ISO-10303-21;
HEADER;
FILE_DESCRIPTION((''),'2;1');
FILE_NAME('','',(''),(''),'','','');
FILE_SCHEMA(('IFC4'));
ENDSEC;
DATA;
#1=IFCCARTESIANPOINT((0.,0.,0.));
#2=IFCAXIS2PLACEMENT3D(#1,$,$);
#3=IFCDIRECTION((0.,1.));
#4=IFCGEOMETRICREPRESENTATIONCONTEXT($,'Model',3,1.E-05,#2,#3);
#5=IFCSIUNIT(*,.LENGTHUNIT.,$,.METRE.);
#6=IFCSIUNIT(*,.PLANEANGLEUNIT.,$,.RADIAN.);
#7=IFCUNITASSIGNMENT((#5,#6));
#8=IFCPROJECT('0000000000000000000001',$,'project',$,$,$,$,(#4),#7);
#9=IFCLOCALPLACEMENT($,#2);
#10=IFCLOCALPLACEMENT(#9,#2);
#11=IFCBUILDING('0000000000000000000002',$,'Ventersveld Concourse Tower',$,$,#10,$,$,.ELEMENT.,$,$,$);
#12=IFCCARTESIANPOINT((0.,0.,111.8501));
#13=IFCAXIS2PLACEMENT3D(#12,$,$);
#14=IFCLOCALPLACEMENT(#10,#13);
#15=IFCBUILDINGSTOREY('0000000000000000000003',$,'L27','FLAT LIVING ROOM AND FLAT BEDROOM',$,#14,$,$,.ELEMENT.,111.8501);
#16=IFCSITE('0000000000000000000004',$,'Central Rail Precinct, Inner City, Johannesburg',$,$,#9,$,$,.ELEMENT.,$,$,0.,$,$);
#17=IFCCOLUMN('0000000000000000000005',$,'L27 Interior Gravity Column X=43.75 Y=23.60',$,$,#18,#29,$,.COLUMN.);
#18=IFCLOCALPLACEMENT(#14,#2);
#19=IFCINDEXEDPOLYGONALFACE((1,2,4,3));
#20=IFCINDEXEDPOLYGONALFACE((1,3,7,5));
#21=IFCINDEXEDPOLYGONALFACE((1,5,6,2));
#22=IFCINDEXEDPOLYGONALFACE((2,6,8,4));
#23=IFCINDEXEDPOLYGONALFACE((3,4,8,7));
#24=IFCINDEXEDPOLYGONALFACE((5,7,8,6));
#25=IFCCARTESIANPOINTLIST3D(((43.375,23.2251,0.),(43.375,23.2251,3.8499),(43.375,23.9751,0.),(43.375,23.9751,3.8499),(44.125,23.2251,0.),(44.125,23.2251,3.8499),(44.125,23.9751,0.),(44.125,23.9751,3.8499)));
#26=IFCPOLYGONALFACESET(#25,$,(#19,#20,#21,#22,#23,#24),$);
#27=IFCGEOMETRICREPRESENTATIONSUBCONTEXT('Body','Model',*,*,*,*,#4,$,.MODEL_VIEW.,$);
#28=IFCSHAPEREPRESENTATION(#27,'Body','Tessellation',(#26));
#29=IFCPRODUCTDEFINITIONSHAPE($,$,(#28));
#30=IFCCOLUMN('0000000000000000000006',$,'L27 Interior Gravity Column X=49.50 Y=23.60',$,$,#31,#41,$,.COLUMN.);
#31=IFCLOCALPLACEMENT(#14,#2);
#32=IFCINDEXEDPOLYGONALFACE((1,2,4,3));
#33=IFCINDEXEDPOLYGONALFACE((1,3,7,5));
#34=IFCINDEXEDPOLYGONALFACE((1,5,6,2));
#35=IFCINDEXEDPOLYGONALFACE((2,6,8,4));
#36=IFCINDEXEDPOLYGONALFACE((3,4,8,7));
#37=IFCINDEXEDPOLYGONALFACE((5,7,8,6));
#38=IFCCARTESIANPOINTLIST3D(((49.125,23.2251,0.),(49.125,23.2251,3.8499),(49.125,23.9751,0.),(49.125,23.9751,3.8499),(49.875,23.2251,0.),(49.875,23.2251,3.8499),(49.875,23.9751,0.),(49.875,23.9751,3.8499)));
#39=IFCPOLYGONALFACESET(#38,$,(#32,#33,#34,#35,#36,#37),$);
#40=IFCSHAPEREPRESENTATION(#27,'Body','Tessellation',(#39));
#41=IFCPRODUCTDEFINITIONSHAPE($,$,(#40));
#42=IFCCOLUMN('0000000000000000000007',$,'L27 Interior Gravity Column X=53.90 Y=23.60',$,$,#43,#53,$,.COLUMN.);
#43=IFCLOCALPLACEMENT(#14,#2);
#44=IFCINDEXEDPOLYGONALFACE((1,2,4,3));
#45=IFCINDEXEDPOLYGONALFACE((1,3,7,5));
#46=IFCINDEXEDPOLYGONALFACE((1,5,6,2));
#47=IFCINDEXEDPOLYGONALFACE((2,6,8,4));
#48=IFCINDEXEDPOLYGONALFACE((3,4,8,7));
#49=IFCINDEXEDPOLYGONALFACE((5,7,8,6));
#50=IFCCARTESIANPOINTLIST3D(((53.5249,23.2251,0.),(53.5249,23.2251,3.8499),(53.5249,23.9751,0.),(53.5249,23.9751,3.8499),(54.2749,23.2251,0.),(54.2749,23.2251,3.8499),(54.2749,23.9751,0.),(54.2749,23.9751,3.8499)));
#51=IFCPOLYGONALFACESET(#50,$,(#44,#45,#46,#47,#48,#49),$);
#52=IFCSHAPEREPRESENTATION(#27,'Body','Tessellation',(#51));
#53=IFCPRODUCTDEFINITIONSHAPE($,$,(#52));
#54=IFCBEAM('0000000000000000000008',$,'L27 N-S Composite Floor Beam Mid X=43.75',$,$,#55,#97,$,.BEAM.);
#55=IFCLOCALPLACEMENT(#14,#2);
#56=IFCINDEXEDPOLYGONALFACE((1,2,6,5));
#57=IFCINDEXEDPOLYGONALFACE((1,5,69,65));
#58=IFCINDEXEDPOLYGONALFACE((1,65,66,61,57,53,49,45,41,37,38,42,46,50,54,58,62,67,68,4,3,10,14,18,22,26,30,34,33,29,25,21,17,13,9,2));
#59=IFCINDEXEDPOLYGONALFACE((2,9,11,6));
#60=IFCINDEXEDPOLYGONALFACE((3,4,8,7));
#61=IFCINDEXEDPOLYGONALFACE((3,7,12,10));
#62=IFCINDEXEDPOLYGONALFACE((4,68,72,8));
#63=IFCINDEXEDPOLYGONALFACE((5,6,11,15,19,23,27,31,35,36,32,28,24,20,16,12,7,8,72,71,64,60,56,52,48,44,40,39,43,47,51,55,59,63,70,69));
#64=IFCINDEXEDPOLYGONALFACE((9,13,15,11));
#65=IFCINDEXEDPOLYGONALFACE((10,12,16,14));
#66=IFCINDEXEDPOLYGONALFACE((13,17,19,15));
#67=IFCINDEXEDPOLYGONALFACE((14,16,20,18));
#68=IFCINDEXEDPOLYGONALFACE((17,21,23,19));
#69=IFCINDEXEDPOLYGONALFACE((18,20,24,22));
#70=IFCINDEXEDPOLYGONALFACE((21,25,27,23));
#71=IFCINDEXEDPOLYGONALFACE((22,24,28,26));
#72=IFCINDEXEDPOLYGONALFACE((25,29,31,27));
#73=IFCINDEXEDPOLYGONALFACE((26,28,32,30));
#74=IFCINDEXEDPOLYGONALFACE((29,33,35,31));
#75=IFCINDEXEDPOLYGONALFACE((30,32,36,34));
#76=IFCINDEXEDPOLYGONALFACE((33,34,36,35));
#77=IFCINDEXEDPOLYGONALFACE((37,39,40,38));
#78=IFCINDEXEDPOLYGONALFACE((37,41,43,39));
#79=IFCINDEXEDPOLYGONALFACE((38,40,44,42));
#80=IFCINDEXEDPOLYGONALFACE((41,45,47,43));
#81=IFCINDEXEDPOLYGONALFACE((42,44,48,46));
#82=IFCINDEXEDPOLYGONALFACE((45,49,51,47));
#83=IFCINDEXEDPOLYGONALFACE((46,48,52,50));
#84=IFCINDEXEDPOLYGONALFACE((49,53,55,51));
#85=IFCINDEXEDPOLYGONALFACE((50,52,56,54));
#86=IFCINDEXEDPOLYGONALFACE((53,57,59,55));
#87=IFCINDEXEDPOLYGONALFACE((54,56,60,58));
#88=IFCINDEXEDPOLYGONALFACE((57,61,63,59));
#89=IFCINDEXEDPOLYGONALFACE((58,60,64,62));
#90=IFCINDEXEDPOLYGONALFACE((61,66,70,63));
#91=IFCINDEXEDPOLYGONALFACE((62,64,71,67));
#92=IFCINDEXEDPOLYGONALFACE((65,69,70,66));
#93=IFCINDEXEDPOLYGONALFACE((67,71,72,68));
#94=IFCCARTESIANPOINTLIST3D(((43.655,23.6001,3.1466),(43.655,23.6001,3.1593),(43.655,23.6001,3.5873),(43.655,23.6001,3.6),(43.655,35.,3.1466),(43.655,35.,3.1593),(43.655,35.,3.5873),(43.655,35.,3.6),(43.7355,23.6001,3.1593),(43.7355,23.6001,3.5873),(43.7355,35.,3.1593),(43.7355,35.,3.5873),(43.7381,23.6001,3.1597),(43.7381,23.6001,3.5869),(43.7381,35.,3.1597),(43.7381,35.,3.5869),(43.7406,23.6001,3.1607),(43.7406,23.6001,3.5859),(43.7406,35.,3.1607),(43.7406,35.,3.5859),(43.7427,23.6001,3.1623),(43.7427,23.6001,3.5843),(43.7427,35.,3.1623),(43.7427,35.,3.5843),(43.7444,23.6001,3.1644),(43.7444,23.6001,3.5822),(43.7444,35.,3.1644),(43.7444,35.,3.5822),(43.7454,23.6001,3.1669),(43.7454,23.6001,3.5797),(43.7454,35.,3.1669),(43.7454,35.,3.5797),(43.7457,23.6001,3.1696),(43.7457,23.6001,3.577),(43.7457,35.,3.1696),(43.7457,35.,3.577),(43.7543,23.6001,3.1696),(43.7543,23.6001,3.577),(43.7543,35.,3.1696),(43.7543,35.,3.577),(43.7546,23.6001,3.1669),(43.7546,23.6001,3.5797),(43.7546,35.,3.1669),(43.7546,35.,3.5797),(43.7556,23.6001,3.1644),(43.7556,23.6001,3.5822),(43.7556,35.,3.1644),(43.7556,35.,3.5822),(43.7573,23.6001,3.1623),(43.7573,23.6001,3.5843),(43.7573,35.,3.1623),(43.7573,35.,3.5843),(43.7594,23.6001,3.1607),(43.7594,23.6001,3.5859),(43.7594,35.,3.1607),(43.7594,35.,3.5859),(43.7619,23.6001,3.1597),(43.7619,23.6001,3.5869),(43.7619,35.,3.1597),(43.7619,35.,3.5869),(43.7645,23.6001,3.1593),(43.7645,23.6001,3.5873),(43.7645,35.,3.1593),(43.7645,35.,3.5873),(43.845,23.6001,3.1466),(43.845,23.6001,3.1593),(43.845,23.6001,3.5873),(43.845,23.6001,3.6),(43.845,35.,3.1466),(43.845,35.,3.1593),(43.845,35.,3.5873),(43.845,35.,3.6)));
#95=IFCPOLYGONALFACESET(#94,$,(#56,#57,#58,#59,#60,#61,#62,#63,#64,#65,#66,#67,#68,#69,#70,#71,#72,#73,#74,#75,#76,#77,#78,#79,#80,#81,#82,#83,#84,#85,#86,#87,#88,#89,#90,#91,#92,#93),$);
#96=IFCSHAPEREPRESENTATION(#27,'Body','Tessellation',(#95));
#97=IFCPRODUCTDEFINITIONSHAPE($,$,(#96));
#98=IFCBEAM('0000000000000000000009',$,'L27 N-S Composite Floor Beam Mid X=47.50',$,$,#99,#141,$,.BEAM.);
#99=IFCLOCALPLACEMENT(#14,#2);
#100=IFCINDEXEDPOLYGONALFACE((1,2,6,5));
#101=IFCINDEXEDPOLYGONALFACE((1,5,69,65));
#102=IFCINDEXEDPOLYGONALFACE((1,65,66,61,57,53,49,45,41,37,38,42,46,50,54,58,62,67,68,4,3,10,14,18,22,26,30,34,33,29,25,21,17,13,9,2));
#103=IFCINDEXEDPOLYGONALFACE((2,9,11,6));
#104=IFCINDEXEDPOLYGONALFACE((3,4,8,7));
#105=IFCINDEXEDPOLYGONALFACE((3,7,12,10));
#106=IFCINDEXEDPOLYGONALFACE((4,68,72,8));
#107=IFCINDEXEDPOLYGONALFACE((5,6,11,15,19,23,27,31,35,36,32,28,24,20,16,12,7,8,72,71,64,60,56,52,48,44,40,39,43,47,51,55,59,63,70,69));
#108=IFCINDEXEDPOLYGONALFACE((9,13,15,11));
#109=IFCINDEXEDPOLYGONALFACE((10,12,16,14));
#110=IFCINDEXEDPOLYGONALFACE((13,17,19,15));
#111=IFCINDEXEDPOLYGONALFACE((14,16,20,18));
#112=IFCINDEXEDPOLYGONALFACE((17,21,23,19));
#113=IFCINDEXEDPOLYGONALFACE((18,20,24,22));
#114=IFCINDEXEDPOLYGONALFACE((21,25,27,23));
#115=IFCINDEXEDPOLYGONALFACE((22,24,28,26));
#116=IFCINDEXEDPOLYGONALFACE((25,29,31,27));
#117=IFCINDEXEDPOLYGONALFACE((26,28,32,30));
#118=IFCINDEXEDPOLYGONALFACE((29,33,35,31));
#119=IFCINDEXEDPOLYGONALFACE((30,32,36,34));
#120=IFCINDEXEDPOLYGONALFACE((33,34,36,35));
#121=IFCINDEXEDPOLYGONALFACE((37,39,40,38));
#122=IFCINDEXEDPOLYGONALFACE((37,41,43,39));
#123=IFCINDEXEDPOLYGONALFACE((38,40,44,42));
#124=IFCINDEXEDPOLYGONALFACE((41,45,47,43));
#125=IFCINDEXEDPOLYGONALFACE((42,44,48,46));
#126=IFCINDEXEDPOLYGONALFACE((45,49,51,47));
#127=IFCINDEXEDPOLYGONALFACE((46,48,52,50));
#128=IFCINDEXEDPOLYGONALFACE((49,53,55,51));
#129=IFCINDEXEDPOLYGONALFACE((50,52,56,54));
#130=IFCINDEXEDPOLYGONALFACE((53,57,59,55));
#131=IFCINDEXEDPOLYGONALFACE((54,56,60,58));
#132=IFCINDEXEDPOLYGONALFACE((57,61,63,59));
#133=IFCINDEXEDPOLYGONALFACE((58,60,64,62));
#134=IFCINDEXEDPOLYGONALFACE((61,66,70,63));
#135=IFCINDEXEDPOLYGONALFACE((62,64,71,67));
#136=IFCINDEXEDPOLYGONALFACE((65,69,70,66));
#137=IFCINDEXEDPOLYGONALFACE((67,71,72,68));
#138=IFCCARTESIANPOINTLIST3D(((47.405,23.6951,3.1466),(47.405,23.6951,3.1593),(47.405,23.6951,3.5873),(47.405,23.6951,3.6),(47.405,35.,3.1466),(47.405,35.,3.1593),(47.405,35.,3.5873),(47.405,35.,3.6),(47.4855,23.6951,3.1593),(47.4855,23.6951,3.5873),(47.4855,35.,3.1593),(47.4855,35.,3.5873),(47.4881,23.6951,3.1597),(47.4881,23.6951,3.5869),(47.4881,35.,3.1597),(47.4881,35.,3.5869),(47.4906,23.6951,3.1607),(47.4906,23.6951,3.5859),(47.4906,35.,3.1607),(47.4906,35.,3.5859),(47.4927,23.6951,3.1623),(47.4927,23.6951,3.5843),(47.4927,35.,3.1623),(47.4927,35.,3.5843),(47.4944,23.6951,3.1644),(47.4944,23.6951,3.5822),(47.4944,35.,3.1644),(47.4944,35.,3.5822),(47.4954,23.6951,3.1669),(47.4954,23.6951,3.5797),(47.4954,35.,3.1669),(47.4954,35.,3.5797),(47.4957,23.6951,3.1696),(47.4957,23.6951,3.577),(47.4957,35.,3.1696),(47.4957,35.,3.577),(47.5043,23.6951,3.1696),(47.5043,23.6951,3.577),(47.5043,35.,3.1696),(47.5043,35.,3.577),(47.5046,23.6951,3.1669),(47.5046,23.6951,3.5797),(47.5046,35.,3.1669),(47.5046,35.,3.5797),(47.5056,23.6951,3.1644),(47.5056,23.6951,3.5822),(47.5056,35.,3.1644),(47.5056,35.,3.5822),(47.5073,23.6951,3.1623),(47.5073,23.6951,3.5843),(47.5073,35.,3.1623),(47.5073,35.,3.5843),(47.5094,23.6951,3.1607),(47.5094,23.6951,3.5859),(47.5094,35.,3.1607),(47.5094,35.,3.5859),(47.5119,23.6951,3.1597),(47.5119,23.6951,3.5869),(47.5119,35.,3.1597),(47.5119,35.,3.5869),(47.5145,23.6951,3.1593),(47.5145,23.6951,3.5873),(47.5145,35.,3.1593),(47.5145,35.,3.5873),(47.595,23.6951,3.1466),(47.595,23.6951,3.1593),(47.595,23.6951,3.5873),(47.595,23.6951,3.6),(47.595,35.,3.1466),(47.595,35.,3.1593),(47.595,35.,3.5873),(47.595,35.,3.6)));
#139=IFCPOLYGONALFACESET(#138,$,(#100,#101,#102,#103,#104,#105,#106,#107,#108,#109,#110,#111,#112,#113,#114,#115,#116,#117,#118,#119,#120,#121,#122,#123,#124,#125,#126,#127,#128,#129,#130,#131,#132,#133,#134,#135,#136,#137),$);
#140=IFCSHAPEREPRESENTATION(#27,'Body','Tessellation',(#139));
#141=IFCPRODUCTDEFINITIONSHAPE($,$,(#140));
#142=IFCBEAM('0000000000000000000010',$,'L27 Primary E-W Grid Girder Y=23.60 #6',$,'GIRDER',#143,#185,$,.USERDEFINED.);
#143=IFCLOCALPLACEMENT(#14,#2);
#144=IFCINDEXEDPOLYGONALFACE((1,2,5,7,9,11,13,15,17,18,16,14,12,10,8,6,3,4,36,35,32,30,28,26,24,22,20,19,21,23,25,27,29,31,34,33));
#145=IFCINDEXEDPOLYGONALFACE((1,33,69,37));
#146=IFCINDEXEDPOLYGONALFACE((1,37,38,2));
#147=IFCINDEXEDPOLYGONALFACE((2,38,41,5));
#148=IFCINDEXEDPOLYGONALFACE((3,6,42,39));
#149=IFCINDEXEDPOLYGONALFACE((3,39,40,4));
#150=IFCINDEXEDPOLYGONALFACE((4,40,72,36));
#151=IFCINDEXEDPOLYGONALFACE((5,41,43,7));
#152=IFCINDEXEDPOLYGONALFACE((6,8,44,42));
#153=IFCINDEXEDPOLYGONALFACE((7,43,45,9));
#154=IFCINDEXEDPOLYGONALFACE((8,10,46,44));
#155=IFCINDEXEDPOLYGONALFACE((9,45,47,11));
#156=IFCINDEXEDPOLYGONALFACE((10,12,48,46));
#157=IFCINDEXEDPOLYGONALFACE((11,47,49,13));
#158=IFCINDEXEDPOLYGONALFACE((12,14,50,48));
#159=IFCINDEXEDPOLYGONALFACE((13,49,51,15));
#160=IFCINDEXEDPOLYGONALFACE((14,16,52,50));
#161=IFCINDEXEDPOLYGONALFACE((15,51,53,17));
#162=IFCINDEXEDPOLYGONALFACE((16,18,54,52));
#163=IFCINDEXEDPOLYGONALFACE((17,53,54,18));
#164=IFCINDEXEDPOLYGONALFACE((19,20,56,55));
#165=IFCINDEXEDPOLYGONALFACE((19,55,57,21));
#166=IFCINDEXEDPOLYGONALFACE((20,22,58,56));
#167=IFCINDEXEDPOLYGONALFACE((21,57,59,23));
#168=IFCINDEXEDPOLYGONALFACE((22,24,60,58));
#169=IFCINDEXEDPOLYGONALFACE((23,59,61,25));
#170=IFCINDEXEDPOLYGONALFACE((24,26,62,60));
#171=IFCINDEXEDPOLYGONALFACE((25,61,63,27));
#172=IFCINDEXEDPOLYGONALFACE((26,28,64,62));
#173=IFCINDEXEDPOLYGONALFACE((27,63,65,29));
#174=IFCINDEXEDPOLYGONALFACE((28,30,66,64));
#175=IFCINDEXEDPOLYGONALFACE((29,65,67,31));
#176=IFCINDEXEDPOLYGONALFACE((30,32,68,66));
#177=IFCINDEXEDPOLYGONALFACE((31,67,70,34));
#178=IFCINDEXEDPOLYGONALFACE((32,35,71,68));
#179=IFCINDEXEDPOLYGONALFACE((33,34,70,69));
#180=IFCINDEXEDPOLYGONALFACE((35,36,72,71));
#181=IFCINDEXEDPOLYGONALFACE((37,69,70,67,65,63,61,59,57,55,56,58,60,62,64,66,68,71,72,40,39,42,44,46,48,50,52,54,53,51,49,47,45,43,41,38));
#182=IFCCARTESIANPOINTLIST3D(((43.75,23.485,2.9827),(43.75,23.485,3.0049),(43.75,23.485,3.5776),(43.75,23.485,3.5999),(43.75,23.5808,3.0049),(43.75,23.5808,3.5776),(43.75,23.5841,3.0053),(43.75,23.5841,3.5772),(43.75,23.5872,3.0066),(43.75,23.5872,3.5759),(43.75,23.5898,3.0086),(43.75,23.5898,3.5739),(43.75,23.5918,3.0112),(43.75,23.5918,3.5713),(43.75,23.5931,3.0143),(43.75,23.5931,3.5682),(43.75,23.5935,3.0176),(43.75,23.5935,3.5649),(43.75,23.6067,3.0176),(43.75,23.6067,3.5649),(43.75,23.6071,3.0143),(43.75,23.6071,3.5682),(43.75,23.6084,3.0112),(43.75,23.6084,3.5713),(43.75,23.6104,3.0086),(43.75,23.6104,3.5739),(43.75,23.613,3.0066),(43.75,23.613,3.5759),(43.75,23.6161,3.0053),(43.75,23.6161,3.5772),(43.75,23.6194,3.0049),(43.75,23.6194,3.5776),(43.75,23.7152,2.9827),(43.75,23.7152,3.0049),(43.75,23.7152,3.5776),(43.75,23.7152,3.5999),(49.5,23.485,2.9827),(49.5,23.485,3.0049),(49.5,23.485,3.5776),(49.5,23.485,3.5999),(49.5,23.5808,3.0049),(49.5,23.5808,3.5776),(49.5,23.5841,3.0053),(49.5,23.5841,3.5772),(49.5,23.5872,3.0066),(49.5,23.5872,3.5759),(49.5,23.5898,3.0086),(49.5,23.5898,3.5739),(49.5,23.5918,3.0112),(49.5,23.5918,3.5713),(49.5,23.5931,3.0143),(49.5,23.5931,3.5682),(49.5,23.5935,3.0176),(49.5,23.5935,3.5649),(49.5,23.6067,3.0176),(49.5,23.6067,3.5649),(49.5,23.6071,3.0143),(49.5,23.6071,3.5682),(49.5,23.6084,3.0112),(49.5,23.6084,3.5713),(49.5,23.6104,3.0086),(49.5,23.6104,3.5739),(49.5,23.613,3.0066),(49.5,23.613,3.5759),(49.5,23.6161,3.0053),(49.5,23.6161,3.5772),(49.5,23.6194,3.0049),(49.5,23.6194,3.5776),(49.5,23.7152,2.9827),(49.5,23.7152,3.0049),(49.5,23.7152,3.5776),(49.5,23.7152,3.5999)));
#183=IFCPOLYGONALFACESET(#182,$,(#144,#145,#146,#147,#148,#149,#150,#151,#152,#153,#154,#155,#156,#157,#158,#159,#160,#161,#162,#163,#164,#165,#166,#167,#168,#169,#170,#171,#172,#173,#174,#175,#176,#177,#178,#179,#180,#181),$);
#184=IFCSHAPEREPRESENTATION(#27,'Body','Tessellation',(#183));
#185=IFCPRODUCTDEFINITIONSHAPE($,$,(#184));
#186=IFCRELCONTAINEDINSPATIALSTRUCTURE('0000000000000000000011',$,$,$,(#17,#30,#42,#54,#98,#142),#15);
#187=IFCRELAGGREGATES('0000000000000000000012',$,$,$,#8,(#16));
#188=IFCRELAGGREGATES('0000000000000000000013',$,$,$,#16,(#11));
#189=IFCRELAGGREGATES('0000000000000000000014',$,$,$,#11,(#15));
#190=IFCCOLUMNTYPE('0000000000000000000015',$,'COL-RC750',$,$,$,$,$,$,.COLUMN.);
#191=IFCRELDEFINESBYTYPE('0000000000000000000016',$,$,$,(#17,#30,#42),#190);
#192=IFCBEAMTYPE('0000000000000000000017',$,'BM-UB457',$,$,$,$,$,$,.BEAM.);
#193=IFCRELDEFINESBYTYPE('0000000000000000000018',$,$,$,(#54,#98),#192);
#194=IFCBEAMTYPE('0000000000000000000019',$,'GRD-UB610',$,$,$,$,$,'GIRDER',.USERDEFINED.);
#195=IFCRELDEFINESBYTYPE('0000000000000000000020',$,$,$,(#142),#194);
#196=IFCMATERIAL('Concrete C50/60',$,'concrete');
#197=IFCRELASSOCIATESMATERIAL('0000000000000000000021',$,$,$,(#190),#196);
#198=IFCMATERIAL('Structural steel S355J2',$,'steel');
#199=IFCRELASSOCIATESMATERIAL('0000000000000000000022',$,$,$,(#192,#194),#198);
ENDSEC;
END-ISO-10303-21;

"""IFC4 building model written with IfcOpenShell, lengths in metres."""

from ifc_helpers import new_model, si_unit, direction, frame, origin, origin_2d, place, context, subcontext, project, spatial, rectangle, i_section, extrude, material, material_profile, profile_set, type_object, element, save


model = new_model("IFC4")

# Units and contexts
model_context = context("Model", 3, precision=1e-05, world=origin(), true_north=direction((0.0, 1.0)))
body_context = subcontext(model_context, "Body", "Model", "MODEL_VIEW")
ifc_project = project(units=[si_unit("LENGTHUNIT", "METRE"), si_unit("PLANEANGLEUNIT", "RADIAN")], contexts=[model_context])

# Site, building, storey
site_placement = place(None, origin())
site = spatial("IfcSite", under=ifc_project, at=site_placement, Name="Central Rail Precinct, Inner City, Johannesburg", CompositionType="ELEMENT", RefElevation=0.0)
building_placement = place(site_placement, origin())
building = spatial("IfcBuilding", under=site, at=building_placement, Name="Ventersveld Concourse Tower", CompositionType="ELEMENT")
storey_placement = place(building_placement, frame((0.0, 0.0, 111.8501)))
storey = spatial("IfcBuildingStorey", under=building, at=storey_placement, Name="L27", Description="FLAT LIVING ROOM AND FLAT BEDROOM", CompositionType="ELEMENT", Elevation=111.8501)

# Columns
ifc_material_1 = material(Name="Concrete C50/60", Category="concrete")
ifc_material_profile_1 = material_profile(ifc_material_1, rectangle(XDim=0.75, YDim=0.75, at=origin_2d()), Name="RC 750x750")
ifc_profile_set_1 = profile_set([ifc_material_profile_1], Name="Concrete C50/60")
column_type = type_object("IfcColumnType", Name="COL-RC750", PredefinedType="COLUMN", material=ifc_profile_set_1)
for number, where, z_axis, x_axis, name in (
    (1, (43.75, 23.6001, 0.0), (0.0, 0.0, 1.0), (1.0, 0.0, 0.0), "L27 Interior Gravity Column X=43.75 Y=23.60"),
    (2, (49.5, 23.6001, 0.0), (0.0, 0.0, 1.0), (1.0, 0.0, 0.0), "L27 Interior Gravity Column X=49.50 Y=23.60"),
    (3, (53.8999, 23.6001, 0.0), (0.0, 0.0, 1.0), (1.0, 0.0, 0.0), "L27 Interior Gravity Column X=53.90 Y=23.60"),
):
    element("IfcColumn", number, at=place(storey_placement, frame(where, z_axis=z_axis, x_axis=x_axis)), inside=storey, type_object=column_type, Name=name, PredefinedType="COLUMN", context=body_context, shape_type="SweptSolid", body=[
        extrude(rectangle(XDim=0.75, YDim=0.75, at=origin_2d()), origin(), (0.0, 0.0, 1.0), 3.8499),
    ])

# Beams
ifc_material_2 = material(Name="Structural steel S355J2", Category="steel")
ifc_material_profile_2 = material_profile(ifc_material_2, i_section(OverallWidth=0.1899, OverallDepth=0.4534, WebThickness=0.0085, FlangeThickness=0.0127, FilletRadius=0.0103, at=origin_2d()), Name="UB 457x191x67")
ifc_profile_set_2 = profile_set([ifc_material_profile_2], Name="Structural steel S355J2")
beam_type_1 = type_object("IfcBeamType", Name="BM-UB457", PredefinedType="BEAM", material=ifc_profile_set_2)
beam_1_placement = place(storey_placement, frame((43.75, 23.6001, 3.3733), z_axis=(0.0, 1.0, 0.0), x_axis=(-1.0, 0.0, 0.0)))
element("IfcBeam", 4, at=beam_1_placement, inside=storey, type_object=beam_type_1, Name="L27 N-S Composite Floor Beam Mid X=43.75", PredefinedType="BEAM", context=body_context, shape_type="SweptSolid", body=[
    extrude(i_section(OverallWidth=0.1899, OverallDepth=0.4534, WebThickness=0.0085, FlangeThickness=0.0127, FilletRadius=0.0103, at=origin_2d()), origin(), (0.0, 0.0, 1.0), 11.3999),
])
beam_2_placement = place(storey_placement, frame((47.5, 23.6951, 3.3733), z_axis=(0.0, 1.0, 0.0), x_axis=(-1.0, 0.0, 0.0)))
element("IfcBeam", 5, at=beam_2_placement, inside=storey, type_object=beam_type_1, Name="L27 N-S Composite Floor Beam Mid X=47.50", PredefinedType="BEAM", context=body_context, shape_type="SweptSolid", body=[
    extrude(i_section(OverallWidth=0.1899, OverallDepth=0.4534, WebThickness=0.0085, FlangeThickness=0.0127, FilletRadius=0.0103, at=origin_2d()), origin(), (0.0, 0.0, 1.0), 11.3049),
])
ifc_material_profile_3 = material_profile(ifc_material_2, i_section(OverallWidth=0.2302, OverallDepth=0.6172, WebThickness=0.0132, FlangeThickness=0.0222, FilletRadius=0.0127, at=origin_2d()), Name="UB 610x229x140")
ifc_profile_set_3 = profile_set([ifc_material_profile_3], Name="Structural steel S355J2")
beam_type_2 = type_object("IfcBeamType", Name="GRD-UB610", ElementType="GIRDER", PredefinedType="USERDEFINED", material=ifc_profile_set_3)
beam_3_placement = place(storey_placement, frame((43.75, 23.6001, 3.2913), z_axis=(1.0, 0.0, 0.0), x_axis=(0.0, 1.0, 0.0)))
element("IfcBeam", 6, at=beam_3_placement, inside=storey, type_object=beam_type_2, Name="L27 Primary E-W Grid Girder Y=23.60 #6", ObjectType="GIRDER", PredefinedType="USERDEFINED", context=body_context, shape_type="SweptSolid", body=[
    extrude(i_section(OverallWidth=0.2302, OverallDepth=0.6172, WebThickness=0.0132, FlangeThickness=0.0222, FilletRadius=0.0127, at=origin_2d()), origin(), (0.0, 0.0, 1.0), 5.75),
])

save(model, "model.ifc")
